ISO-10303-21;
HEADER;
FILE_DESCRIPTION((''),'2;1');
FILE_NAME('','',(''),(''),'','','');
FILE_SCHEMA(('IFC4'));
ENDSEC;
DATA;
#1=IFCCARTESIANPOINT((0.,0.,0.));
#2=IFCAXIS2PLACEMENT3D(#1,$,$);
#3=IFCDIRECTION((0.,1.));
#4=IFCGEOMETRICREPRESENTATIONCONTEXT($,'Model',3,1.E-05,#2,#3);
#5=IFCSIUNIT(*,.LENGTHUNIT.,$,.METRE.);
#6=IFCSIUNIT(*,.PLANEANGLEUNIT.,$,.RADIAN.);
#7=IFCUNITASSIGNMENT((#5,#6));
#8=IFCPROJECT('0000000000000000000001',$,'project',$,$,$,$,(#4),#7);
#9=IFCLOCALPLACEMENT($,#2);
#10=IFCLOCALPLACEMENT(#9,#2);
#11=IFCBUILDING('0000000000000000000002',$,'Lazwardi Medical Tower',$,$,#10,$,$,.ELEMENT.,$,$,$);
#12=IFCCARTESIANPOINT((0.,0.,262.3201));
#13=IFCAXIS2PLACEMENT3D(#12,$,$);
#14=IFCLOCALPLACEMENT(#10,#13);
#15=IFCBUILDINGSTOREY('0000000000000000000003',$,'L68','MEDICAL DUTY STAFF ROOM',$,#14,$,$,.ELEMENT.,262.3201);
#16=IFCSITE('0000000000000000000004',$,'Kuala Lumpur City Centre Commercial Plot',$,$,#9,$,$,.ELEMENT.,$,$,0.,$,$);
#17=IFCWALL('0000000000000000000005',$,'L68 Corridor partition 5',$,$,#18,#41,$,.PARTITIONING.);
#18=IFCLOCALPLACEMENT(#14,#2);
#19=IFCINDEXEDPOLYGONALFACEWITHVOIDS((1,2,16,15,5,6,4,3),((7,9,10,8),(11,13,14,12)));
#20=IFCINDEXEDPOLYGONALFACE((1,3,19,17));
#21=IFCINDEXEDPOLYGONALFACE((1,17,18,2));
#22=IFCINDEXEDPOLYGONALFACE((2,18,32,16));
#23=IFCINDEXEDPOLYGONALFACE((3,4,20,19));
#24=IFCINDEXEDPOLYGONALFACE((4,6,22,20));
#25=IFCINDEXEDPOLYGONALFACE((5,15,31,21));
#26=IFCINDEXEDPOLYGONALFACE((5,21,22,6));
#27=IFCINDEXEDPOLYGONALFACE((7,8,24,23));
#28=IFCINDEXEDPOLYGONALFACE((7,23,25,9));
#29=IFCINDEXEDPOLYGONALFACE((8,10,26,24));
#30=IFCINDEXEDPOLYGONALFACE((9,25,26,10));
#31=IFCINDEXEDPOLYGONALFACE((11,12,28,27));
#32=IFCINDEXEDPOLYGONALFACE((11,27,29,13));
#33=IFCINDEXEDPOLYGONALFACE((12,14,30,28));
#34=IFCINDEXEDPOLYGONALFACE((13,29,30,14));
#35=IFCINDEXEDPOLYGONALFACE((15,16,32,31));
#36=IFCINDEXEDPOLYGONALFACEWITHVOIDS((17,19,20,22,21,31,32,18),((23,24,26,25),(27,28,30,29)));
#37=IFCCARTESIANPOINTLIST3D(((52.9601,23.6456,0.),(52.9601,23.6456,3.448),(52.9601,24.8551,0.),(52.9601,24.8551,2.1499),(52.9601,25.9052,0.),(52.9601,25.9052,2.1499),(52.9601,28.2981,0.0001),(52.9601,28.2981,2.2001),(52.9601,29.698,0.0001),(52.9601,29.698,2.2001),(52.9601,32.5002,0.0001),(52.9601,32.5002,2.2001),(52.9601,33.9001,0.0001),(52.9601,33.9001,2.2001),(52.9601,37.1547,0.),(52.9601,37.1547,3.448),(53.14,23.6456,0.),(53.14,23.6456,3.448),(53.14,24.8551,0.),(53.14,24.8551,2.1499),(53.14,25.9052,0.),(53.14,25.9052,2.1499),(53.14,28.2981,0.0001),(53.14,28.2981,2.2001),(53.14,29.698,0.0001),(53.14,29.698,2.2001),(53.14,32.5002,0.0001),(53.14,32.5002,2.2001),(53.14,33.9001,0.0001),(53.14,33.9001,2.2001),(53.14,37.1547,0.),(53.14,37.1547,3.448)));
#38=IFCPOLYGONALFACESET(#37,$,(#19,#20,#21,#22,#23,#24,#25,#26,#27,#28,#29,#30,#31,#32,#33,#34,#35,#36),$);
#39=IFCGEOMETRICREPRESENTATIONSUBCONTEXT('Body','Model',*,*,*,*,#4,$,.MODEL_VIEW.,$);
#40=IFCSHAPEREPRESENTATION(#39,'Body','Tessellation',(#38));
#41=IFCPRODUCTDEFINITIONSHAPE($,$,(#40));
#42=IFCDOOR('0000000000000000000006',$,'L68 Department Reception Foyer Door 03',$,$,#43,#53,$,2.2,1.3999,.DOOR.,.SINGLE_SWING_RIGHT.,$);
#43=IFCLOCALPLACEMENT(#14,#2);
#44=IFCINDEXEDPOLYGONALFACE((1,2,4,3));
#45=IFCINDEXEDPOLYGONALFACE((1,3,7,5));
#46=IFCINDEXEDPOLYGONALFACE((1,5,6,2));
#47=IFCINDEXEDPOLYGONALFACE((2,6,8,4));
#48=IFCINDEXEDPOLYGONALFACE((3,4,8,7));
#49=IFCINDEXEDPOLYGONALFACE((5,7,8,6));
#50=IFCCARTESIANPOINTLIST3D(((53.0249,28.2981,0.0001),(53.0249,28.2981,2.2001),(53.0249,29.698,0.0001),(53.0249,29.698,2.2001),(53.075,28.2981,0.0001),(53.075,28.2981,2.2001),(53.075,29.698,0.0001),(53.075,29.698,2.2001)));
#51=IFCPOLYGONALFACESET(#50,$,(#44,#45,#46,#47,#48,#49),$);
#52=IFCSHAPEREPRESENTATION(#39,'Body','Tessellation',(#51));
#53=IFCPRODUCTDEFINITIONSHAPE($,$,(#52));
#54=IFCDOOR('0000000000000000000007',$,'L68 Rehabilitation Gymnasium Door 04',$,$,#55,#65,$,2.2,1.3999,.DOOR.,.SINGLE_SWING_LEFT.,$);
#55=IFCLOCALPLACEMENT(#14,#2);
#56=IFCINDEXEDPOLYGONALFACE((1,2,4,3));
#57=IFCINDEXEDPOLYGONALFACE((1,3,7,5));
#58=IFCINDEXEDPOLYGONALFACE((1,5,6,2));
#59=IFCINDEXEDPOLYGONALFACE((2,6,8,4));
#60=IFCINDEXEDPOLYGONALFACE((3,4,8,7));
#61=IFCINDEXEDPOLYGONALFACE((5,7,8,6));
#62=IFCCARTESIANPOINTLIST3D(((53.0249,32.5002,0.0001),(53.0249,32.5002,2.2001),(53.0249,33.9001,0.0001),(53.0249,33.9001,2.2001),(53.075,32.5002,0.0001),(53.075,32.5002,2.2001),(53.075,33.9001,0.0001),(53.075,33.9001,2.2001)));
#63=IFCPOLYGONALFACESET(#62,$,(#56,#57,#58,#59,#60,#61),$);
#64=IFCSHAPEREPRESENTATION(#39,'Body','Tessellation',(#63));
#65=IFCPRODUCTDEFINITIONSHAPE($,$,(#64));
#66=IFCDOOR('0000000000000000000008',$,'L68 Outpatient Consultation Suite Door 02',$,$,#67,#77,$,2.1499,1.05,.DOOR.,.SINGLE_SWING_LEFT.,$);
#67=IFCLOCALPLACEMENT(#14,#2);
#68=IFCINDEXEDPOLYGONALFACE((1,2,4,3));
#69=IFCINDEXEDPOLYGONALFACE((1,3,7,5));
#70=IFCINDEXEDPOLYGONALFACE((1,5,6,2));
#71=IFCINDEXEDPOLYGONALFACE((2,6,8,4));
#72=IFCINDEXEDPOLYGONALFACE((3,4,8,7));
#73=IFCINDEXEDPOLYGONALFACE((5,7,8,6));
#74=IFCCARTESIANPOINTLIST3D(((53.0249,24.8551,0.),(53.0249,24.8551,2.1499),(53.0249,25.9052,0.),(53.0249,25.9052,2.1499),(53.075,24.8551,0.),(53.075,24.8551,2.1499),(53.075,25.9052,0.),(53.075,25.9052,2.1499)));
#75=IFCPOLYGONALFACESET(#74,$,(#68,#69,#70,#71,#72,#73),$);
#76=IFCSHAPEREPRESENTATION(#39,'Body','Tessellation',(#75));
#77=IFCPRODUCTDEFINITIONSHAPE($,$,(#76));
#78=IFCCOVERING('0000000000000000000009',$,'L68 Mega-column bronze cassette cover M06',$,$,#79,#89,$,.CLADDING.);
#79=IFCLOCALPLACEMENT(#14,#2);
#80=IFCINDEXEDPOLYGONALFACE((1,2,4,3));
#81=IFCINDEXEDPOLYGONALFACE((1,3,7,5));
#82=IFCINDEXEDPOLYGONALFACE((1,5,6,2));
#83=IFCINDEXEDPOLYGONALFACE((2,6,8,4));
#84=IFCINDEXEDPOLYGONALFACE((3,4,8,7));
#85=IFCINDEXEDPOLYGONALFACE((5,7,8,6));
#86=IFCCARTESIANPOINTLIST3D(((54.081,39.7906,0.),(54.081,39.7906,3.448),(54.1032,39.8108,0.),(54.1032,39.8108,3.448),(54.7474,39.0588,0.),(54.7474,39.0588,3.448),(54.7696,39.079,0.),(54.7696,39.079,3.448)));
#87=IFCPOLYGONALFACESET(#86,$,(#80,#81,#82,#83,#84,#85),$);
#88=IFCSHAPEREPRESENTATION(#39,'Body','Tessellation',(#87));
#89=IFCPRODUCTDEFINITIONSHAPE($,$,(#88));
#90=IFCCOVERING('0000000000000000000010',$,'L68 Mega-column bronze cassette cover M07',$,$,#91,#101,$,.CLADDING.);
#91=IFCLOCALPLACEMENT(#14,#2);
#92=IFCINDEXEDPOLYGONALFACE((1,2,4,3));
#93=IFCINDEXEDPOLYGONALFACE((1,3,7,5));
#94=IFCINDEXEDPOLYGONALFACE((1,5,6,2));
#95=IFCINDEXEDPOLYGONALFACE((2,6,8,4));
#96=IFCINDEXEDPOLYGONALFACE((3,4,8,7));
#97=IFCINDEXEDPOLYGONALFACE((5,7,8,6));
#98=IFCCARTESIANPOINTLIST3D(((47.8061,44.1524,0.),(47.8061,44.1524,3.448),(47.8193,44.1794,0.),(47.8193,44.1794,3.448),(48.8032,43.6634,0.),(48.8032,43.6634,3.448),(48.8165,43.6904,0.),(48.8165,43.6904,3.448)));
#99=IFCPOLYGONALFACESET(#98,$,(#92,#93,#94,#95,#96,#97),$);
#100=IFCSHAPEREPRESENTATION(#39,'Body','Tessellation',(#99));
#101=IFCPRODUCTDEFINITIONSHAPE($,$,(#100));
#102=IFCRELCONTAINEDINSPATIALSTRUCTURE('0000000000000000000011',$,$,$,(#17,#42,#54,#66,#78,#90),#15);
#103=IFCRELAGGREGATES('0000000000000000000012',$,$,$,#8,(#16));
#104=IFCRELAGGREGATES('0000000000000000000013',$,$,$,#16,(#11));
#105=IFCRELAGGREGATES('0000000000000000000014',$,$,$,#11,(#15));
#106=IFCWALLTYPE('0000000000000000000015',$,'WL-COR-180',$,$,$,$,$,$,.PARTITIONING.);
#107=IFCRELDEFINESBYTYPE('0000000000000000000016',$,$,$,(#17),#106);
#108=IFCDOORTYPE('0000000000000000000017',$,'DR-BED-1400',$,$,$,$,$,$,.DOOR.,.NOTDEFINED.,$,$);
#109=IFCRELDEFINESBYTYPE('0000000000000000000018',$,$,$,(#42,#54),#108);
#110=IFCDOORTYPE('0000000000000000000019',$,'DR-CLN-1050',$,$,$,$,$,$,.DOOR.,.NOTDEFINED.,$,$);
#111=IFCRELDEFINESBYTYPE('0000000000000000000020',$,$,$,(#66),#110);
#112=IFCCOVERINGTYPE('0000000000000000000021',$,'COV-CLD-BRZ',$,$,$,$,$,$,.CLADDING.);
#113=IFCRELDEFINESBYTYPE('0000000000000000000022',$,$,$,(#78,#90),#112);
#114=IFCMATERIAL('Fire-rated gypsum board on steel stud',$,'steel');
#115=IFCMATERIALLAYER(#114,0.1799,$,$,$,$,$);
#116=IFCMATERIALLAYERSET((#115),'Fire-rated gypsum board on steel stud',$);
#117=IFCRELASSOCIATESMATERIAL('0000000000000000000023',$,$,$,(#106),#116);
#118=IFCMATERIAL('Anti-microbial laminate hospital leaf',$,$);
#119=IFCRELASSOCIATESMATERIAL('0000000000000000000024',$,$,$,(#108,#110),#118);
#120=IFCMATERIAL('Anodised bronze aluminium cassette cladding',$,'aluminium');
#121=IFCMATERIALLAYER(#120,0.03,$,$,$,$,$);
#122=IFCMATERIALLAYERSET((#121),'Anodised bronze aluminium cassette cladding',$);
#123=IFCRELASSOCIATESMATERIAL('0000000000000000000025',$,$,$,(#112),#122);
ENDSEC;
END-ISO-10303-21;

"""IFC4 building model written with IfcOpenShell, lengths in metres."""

from ifc_helpers import new_model, si_unit, direction, frame, frame_2d, origin, origin_2d, place, context, subcontext, project, spatial, rectangle, extrude, material, layer, layer_set, type_object, element, fill, save


model = new_model("IFC4")

# Units and contexts
model_context = context("Model", 3, precision=1e-05, world=origin(), true_north=direction((0.0, 1.0)))
body_context = subcontext(model_context, "Body", "Model", "MODEL_VIEW")
ifc_project = project(units=[si_unit("LENGTHUNIT", "METRE"), si_unit("PLANEANGLEUNIT", "RADIAN")], contexts=[model_context])

# Site, building, storey
site_placement = place(None, origin())
site = spatial("IfcSite", under=ifc_project, at=site_placement, Name="Kuala Lumpur City Centre Commercial Plot", CompositionType="ELEMENT", RefElevation=0.0)
building_placement = place(site_placement, origin())
building = spatial("IfcBuilding", under=site, at=building_placement, Name="Lazwardi Medical Tower", CompositionType="ELEMENT")
storey_placement = place(building_placement, frame((0.0, 0.0, 262.3201)))
storey = spatial("IfcBuildingStorey", under=building, at=storey_placement, Name="L68", Description="MEDICAL DUTY STAFF ROOM", CompositionType="ELEMENT", Elevation=262.3201)

# Shared definitions
ifc_material_1 = material(Name="Fire-rated gypsum board on steel stud", Category="steel")
ifc_layer_1 = layer(ifc_material_1, 0.1799)
ifc_layer_set_1 = layer_set([ifc_layer_1], Name="Fire-rated gypsum board on steel stud")
wall_type = type_object("IfcWallType", Name="WL-COR-180", PredefinedType="PARTITIONING", material=ifc_layer_set_1)

# Wall, openings, doors
wall_1_placement = place(storey_placement, frame((53.05, 37.1545, 0.0), z_axis=(0.0, 0.0, 1.0), x_axis=(0.0, -1.0, 0.0)))
wall_1 = element("IfcWall", 1, at=wall_1_placement, inside=storey, type_object=wall_type, Name="L68 Corridor partition 5", PredefinedType="PARTITIONING", context=body_context, shape_type="SweptSolid", body=[
    extrude(rectangle(XDim=13.509, YDim=0.1799, at=frame_2d((6.7544, 0.0))), origin(), (0.0, 0.0, 1.0), 3.448),
])
opening_1_placement = place(wall_1_placement, frame((11.2495, 0.0, 0.0)))
opening_1 = element("IfcOpeningElement", 2, at=opening_1_placement, cuts=wall_1, PredefinedType="OPENING", context=body_context, shape_type="SweptSolid", body=[
    extrude(rectangle(XDim=1.05, YDim=2.1499, at=frame_2d((0.5249, 1.075))), frame((0.0, 0.0999, 0.0), z_axis=(0.0, -1.0, 0.0), x_axis=(1.0, 0.0, 0.0)), (0.0, 0.0, 1.0), 0.2),
])
opening_2_placement = place(wall_1_placement, frame((7.4565, 0.0, 0.0)))
opening_2 = element("IfcOpeningElement", 3, at=opening_2_placement, cuts=wall_1, PredefinedType="OPENING", context=body_context, shape_type="SweptSolid", body=[
    extrude(rectangle(XDim=1.3999, YDim=2.2, at=frame_2d((0.7, 1.1001))), frame((0.0, 0.0999, 0.0), z_axis=(0.0, -1.0, 0.0), x_axis=(1.0, 0.0, 0.0)), (0.0, 0.0, 1.0), 0.2),
])
opening_3_placement = place(wall_1_placement, frame((3.2544, 0.0, 0.0)))
opening_3 = element("IfcOpeningElement", 4, at=opening_3_placement, cuts=wall_1, PredefinedType="OPENING", context=body_context, shape_type="SweptSolid", body=[
    extrude(rectangle(XDim=1.3999, YDim=2.2, at=frame_2d((0.7, 1.1001))), frame((0.0, 0.0999, 0.0), z_axis=(0.0, -1.0, 0.0), x_axis=(1.0, 0.0, 0.0)), (0.0, 0.0, 1.0), 0.2),
])
ifc_material_2 = material(Name="Anti-microbial laminate hospital leaf")
door_type_1 = type_object("IfcDoorType", Name="DR-BED-1400", OperationType="NOTDEFINED", PredefinedType="DOOR", material=ifc_material_2)
door_1_placement = place(opening_2_placement, origin())
door_1 = element("IfcDoor", 5, at=door_1_placement, inside=storey, type_object=door_type_1, Name="L68 Department Reception Foyer Door 03", OperationType="SINGLE_SWING_RIGHT", OverallHeight=2.2, OverallWidth=1.3999, PredefinedType="DOOR", context=body_context, shape_type="SweptSolid", body=[
    extrude(rectangle(XDim=1.3999, YDim=2.2, at=frame_2d((0.7, 1.1001))), frame((0.0, 0.0249, 0.0), z_axis=(0.0, -1.0, 0.0), x_axis=(1.0, 0.0, 0.0)), (0.0, 0.0, 1.0), 0.05),
])
fill(opening_2, door_1)
door_2_placement = place(opening_3_placement, origin())
door_2 = element("IfcDoor", 6, at=door_2_placement, inside=storey, type_object=door_type_1, Name="L68 Rehabilitation Gymnasium Door 04", OperationType="SINGLE_SWING_LEFT", OverallHeight=2.2, OverallWidth=1.3999, PredefinedType="DOOR", context=body_context, shape_type="SweptSolid", body=[
    extrude(rectangle(XDim=1.3999, YDim=2.2, at=frame_2d((0.7, 1.1001))), frame((0.0, 0.0249, 0.0), z_axis=(0.0, -1.0, 0.0), x_axis=(1.0, 0.0, 0.0)), (0.0, 0.0, 1.0), 0.05),
])
fill(opening_3, door_2)
door_type_2 = type_object("IfcDoorType", Name="DR-CLN-1050", OperationType="NOTDEFINED", PredefinedType="DOOR", material=ifc_material_2)
door_3_placement = place(opening_1_placement, origin())
door_3 = element("IfcDoor", 7, at=door_3_placement, inside=storey, type_object=door_type_2, Name="L68 Outpatient Consultation Suite Door 02", OperationType="SINGLE_SWING_LEFT", OverallHeight=2.1499, OverallWidth=1.05, PredefinedType="DOOR", context=body_context, shape_type="SweptSolid", body=[
    extrude(rectangle(XDim=1.05, YDim=2.1499, at=frame_2d((0.5249, 1.075))), frame((0.0, 0.0249, 0.0), z_axis=(0.0, -1.0, 0.0), x_axis=(1.0, 0.0, 0.0)), (0.0, 0.0, 1.0), 0.05),
])
fill(opening_1, door_3)

# Coverings
ifc_material_3 = material(Name="Anodised bronze aluminium cassette cladding", Category="aluminium")
ifc_layer_2 = layer(ifc_material_3, 0.03)
ifc_layer_set_2 = layer_set([ifc_layer_2], Name="Anodised bronze aluminium cassette cladding")
covering_type = type_object("IfcCoveringType", Name="COV-CLD-BRZ", PredefinedType="CLADDING", material=ifc_layer_set_2)
covering_1_placement = place(storey_placement, frame((54.4253, 39.4348, 0.0), z_axis=(0.0, 0.0, 1.0), x_axis=(-0.673241, 0.739423, 0.0)))
element("IfcCovering", 8, at=covering_1_placement, inside=storey, type_object=covering_type, Name="L68 Mega-column bronze cassette cover M06", PredefinedType="CLADDING", context=body_context, shape_type="SweptSolid", body=[
    extrude(rectangle(XDim=0.9897, YDim=0.03, at=origin_2d()), origin(), (0.0, 0.0, 1.0), 3.448),
])
covering_2_placement = place(storey_placement, frame((48.3113, 43.9214, 0.0), z_axis=(0.0, 0.0, 1.0), x_axis=(-0.89784, 0.440322, 0.0)))
element("IfcCovering", 9, at=covering_2_placement, inside=storey, type_object=covering_type, Name="L68 Mega-column bronze cassette cover M07", PredefinedType="CLADDING", context=body_context, shape_type="SweptSolid", body=[
    extrude(rectangle(XDim=1.1106, YDim=0.03, at=origin_2d()), origin(), (0.0, 0.0, 1.0), 3.448),
])

save(model, "model.ifc")
